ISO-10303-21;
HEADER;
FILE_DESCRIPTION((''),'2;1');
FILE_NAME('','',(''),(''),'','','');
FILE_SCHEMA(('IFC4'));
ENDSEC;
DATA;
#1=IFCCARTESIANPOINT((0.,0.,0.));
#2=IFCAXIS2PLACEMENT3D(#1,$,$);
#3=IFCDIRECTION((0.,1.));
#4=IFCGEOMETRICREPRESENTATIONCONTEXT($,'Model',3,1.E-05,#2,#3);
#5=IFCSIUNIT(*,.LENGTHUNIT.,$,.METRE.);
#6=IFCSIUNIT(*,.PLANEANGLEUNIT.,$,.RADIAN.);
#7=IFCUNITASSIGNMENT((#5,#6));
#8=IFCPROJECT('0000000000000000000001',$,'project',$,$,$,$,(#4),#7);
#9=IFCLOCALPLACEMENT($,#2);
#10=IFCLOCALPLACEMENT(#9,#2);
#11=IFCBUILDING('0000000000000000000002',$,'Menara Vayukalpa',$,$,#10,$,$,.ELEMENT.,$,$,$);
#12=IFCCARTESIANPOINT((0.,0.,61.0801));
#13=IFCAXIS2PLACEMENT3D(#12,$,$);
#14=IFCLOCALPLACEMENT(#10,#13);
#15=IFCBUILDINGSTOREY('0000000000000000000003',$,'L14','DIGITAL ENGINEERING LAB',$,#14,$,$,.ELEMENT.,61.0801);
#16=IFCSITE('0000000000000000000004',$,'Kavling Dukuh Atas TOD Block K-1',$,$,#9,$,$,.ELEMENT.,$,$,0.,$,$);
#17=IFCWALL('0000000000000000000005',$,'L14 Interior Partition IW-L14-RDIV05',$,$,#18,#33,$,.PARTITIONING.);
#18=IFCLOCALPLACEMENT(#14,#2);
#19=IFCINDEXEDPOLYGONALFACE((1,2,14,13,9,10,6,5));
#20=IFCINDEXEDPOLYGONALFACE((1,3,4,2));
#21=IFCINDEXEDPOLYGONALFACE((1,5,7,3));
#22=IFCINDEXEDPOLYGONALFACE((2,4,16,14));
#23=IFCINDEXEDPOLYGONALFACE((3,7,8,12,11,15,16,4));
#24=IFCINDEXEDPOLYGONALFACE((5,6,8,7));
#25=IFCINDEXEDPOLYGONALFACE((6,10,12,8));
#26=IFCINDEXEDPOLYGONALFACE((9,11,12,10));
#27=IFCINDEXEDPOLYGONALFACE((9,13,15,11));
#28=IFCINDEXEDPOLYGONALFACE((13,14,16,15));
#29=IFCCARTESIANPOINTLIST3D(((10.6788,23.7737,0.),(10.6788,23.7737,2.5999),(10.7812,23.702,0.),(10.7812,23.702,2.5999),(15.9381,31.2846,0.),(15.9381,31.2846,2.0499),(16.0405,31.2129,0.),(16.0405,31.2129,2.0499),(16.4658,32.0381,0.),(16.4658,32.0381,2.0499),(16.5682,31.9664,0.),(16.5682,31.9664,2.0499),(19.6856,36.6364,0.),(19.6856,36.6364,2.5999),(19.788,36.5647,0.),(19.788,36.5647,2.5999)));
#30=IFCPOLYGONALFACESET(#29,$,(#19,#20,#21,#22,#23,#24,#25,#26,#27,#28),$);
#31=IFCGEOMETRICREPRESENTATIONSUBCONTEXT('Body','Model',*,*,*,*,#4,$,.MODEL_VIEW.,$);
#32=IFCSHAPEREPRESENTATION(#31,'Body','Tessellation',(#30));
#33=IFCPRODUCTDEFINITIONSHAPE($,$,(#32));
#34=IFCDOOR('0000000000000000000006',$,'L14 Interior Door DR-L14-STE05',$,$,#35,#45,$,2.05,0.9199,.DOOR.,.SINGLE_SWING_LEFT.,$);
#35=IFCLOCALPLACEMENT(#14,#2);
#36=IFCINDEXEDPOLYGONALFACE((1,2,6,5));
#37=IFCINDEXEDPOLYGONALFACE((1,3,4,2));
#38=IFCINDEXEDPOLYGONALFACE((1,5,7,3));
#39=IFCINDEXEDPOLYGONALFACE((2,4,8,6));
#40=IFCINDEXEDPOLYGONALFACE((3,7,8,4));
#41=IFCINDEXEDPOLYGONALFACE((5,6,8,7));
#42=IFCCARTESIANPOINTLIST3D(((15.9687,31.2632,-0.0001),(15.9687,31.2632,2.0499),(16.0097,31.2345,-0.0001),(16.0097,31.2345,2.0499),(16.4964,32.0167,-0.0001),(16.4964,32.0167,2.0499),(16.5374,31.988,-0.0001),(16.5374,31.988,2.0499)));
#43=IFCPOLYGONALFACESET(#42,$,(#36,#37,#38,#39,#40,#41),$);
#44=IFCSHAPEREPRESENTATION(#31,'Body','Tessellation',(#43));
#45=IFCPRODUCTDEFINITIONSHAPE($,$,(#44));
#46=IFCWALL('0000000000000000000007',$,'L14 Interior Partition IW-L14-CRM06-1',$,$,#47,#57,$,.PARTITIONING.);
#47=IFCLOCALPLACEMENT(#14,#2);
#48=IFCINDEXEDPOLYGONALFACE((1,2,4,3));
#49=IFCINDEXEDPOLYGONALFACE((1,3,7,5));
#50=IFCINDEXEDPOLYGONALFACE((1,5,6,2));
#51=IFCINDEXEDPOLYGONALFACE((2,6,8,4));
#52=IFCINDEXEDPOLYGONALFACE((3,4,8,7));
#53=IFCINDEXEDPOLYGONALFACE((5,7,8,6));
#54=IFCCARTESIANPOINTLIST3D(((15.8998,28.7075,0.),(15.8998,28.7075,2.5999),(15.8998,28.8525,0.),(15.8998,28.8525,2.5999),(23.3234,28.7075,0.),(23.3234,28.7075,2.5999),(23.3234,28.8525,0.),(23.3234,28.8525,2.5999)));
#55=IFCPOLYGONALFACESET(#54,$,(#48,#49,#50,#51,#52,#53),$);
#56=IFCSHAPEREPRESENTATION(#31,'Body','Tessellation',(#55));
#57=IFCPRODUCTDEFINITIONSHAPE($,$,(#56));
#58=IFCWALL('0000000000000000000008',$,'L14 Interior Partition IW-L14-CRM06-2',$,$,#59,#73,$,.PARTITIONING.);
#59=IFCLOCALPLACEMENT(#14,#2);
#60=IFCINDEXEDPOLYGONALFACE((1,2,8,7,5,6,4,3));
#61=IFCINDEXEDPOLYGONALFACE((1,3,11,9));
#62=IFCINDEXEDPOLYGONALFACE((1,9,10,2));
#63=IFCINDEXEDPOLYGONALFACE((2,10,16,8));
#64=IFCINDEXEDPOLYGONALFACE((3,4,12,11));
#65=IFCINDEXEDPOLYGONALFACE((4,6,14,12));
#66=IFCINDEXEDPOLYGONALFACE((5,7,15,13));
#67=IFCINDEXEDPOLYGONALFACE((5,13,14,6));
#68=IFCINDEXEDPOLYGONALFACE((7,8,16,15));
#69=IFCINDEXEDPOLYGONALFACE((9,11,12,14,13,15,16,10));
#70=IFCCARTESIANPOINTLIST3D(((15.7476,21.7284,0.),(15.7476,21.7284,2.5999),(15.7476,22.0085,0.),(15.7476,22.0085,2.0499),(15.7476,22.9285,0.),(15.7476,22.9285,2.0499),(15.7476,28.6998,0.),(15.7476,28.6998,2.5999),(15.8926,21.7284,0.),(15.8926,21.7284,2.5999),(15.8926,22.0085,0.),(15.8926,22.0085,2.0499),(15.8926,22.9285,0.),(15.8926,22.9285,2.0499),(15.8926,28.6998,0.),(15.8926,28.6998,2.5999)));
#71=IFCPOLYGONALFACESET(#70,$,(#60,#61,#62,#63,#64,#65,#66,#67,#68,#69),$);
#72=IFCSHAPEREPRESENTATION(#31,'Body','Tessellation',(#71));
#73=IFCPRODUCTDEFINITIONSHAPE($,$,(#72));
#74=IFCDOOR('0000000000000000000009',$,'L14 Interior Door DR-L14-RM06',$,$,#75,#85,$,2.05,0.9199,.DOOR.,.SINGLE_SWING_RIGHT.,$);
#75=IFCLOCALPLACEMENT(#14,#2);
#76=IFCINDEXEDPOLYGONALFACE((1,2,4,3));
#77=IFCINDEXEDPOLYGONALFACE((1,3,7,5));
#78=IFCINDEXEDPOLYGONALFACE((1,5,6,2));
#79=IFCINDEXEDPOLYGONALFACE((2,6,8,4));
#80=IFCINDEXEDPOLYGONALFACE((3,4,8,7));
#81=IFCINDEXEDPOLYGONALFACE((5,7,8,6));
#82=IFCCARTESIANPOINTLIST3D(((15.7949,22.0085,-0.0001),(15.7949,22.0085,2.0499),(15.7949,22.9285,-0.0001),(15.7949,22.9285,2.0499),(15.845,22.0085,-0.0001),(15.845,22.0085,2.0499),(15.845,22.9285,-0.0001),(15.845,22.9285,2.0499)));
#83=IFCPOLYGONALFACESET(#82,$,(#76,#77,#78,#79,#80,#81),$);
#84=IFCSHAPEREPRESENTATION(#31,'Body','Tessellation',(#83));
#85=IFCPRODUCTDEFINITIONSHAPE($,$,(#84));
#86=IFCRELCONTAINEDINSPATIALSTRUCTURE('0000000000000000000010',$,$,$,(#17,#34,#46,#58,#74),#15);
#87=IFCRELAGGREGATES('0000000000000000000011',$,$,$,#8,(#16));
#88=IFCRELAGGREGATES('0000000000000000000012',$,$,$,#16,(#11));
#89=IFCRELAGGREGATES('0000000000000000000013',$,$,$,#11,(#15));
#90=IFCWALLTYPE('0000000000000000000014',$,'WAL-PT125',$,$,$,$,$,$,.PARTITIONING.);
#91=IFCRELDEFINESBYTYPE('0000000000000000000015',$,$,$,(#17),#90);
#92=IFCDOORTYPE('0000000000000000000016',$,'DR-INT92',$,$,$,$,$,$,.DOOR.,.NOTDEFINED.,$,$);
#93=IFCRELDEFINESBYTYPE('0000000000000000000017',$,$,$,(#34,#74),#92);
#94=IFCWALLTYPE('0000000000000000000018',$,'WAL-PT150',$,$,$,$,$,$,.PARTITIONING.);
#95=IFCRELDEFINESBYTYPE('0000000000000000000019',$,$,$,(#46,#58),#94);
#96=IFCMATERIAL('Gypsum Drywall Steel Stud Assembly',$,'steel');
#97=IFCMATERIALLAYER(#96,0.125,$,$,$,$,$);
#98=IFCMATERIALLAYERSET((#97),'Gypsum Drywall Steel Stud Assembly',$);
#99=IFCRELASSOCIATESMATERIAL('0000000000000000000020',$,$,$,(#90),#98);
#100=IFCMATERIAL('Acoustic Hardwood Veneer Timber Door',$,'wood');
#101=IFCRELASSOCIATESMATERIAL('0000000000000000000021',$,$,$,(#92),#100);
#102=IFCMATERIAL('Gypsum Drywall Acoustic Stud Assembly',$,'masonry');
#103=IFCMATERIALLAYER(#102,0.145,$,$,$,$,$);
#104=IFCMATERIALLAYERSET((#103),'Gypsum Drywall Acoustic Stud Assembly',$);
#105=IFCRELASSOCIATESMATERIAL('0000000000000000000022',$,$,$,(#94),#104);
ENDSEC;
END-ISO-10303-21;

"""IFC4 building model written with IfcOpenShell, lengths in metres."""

from ifc_helpers import new_model, si_unit, direction, frame, frame_2d, origin, place, context, subcontext, project, spatial, rectangle, extrude, material, layer, layer_set, type_object, element, fill, save


model = new_model("IFC4")

# Units and contexts
model_context = context("Model", 3, precision=1e-05, world=origin(), true_north=direction((0.0, 1.0)))
body_context = subcontext(model_context, "Body", "Model", "MODEL_VIEW")
ifc_project = project(units=[si_unit("LENGTHUNIT", "METRE"), si_unit("PLANEANGLEUNIT", "RADIAN")], contexts=[model_context])

# Site, building, storey
site_placement = place(None, origin())
site = spatial("IfcSite", under=ifc_project, at=site_placement, Name="Kavling Dukuh Atas TOD Block K-1", CompositionType="ELEMENT", RefElevation=0.0)
building_placement = place(site_placement, origin())
building = spatial("IfcBuilding", under=site, at=building_placement, Name="Menara Vayukalpa", CompositionType="ELEMENT")
storey_placement = place(building_placement, frame((0.0, 0.0, 61.0801)))
storey = spatial("IfcBuildingStorey", under=building, at=storey_placement, Name="L14", Description="DIGITAL ENGINEERING LAB", CompositionType="ELEMENT", Elevation=61.0801)

# Wall, opening, door
ifc_material_1 = material(Name="Gypsum Drywall Steel Stud Assembly", Category="steel")
ifc_layer_1 = layer(ifc_material_1, 0.125)
ifc_layer_set_1 = layer_set([ifc_layer_1], Name="Gypsum Drywall Steel Stud Assembly")
wall_type_1 = type_object("IfcWallType", Name="WAL-PT125", PredefinedType="PARTITIONING", material=ifc_layer_set_1)
wall_1_placement = place(storey_placement, frame((19.7368, 36.6006, 0.0), z_axis=(0.0, 0.0, 1.0), x_axis=(-0.573585, -0.819146, 0.0)))
wall_1 = element("IfcWall", 1, at=wall_1_placement, inside=storey, type_object=wall_type_1, Name="L14 Interior Partition IW-L14-RDIV05", PredefinedType="PARTITIONING", context=body_context, shape_type="SweptSolid", body=[
    extrude(rectangle(XDim=15.7026, YDim=0.125, at=frame_2d((7.8513, 0.0))), origin(), (0.0, 0.0, 1.0), 2.5999),
])
opening_1_placement = place(wall_1_placement, frame((5.6135, 0.0, 0.0)))
opening_1 = element("IfcOpeningElement", 2, at=opening_1_placement, cuts=wall_1, PredefinedType="OPENING", context=body_context, shape_type="SweptSolid", body=[
    extrude(rectangle(XDim=0.9199, YDim=2.05, at=frame_2d((0.46, 1.0249))), frame((0.0, 0.0725, 0.0), z_axis=(0.0, -1.0, 0.0), x_axis=(1.0, 0.0, 0.0)), (0.0, 0.0, 1.0), 0.145),
])
ifc_material_2 = material(Name="Acoustic Hardwood Veneer Timber Door", Category="wood")
door_type = type_object("IfcDoorType", Name="DR-INT92", OperationType="NOTDEFINED", PredefinedType="DOOR", material=ifc_material_2)
door_1_placement = place(opening_1_placement, origin())
door_1 = element("IfcDoor", 3, at=door_1_placement, inside=storey, type_object=door_type, Name="L14 Interior Door DR-L14-STE05", OperationType="SINGLE_SWING_LEFT", OverallHeight=2.05, OverallWidth=0.9199, PredefinedType="DOOR", context=body_context, shape_type="SweptSolid", body=[
    extrude(rectangle(XDim=0.9199, YDim=2.05, at=frame_2d((0.46, 1.0249))), frame((0.0, 0.0249, 0.0), z_axis=(0.0, -1.0, 0.0), x_axis=(1.0, 0.0, 0.0)), (0.0, 0.0, 1.0), 0.05),
])
fill(opening_1, door_1)

# Wall
ifc_material_3 = material(Name="Gypsum Drywall Acoustic Stud Assembly", Category="masonry")
ifc_layer_2 = layer(ifc_material_3, 0.145)
ifc_layer_set_2 = layer_set([ifc_layer_2], Name="Gypsum Drywall Acoustic Stud Assembly")
wall_type_2 = type_object("IfcWallType", Name="WAL-PT150", PredefinedType="PARTITIONING", material=ifc_layer_set_2)
wall_2_placement = place(storey_placement, frame((23.3235, 28.78, 0.0), z_axis=(0.0, 0.0, 1.0), x_axis=(-1.0, 0.0, 0.0)))
element("IfcWall", 4, at=wall_2_placement, inside=storey, type_object=wall_type_2, Name="L14 Interior Partition IW-L14-CRM06-1", PredefinedType="PARTITIONING", context=body_context, shape_type="SweptSolid", body=[
    extrude(rectangle(XDim=7.4236, YDim=0.145, at=frame_2d((3.7119, 0.0))), origin(), (0.0, 0.0, 1.0), 2.5999),
])

# Wall, opening, door
wall_3_placement = place(storey_placement, frame((15.8201, 28.7, 0.0), z_axis=(0.0, 0.0, 1.0), x_axis=(0.0, -1.0, 0.0)))
wall_3 = element("IfcWall", 5, at=wall_3_placement, inside=storey, type_object=wall_type_2, Name="L14 Interior Partition IW-L14-CRM06-2", PredefinedType="PARTITIONING", context=body_context, shape_type="SweptSolid", body=[
    extrude(rectangle(XDim=6.9714, YDim=0.145, at=frame_2d((3.4858, 0.0))), origin(), (0.0, 0.0, 1.0), 2.5999),
])
opening_2_placement = place(wall_3_placement, frame((5.7715, 0.0, 0.0)))
opening_2 = element("IfcOpeningElement", 6, at=opening_2_placement, cuts=wall_3, PredefinedType="OPENING", context=body_context, shape_type="SweptSolid", body=[
    extrude(rectangle(XDim=0.9199, YDim=2.05, at=frame_2d((0.46, 1.0249))), frame((0.0, 0.0825, 0.0), z_axis=(0.0, -1.0, 0.0), x_axis=(1.0, 0.0, 0.0)), (0.0, 0.0, 1.0), 0.165),
])
door_2_placement = place(opening_2_placement, origin())
door_2 = element("IfcDoor", 7, at=door_2_placement, inside=storey, type_object=door_type, Name="L14 Interior Door DR-L14-RM06", OperationType="SINGLE_SWING_RIGHT", OverallHeight=2.05, OverallWidth=0.9199, PredefinedType="DOOR", context=body_context, shape_type="SweptSolid", body=[
    extrude(rectangle(XDim=0.9199, YDim=2.05, at=frame_2d((0.46, 1.0249))), frame((0.0, 0.0249, 0.0), z_axis=(0.0, -1.0, 0.0), x_axis=(1.0, 0.0, 0.0)), (0.0, 0.0, 1.0), 0.05),
])
fill(opening_2, door_2)

save(model, "model.ifc")
